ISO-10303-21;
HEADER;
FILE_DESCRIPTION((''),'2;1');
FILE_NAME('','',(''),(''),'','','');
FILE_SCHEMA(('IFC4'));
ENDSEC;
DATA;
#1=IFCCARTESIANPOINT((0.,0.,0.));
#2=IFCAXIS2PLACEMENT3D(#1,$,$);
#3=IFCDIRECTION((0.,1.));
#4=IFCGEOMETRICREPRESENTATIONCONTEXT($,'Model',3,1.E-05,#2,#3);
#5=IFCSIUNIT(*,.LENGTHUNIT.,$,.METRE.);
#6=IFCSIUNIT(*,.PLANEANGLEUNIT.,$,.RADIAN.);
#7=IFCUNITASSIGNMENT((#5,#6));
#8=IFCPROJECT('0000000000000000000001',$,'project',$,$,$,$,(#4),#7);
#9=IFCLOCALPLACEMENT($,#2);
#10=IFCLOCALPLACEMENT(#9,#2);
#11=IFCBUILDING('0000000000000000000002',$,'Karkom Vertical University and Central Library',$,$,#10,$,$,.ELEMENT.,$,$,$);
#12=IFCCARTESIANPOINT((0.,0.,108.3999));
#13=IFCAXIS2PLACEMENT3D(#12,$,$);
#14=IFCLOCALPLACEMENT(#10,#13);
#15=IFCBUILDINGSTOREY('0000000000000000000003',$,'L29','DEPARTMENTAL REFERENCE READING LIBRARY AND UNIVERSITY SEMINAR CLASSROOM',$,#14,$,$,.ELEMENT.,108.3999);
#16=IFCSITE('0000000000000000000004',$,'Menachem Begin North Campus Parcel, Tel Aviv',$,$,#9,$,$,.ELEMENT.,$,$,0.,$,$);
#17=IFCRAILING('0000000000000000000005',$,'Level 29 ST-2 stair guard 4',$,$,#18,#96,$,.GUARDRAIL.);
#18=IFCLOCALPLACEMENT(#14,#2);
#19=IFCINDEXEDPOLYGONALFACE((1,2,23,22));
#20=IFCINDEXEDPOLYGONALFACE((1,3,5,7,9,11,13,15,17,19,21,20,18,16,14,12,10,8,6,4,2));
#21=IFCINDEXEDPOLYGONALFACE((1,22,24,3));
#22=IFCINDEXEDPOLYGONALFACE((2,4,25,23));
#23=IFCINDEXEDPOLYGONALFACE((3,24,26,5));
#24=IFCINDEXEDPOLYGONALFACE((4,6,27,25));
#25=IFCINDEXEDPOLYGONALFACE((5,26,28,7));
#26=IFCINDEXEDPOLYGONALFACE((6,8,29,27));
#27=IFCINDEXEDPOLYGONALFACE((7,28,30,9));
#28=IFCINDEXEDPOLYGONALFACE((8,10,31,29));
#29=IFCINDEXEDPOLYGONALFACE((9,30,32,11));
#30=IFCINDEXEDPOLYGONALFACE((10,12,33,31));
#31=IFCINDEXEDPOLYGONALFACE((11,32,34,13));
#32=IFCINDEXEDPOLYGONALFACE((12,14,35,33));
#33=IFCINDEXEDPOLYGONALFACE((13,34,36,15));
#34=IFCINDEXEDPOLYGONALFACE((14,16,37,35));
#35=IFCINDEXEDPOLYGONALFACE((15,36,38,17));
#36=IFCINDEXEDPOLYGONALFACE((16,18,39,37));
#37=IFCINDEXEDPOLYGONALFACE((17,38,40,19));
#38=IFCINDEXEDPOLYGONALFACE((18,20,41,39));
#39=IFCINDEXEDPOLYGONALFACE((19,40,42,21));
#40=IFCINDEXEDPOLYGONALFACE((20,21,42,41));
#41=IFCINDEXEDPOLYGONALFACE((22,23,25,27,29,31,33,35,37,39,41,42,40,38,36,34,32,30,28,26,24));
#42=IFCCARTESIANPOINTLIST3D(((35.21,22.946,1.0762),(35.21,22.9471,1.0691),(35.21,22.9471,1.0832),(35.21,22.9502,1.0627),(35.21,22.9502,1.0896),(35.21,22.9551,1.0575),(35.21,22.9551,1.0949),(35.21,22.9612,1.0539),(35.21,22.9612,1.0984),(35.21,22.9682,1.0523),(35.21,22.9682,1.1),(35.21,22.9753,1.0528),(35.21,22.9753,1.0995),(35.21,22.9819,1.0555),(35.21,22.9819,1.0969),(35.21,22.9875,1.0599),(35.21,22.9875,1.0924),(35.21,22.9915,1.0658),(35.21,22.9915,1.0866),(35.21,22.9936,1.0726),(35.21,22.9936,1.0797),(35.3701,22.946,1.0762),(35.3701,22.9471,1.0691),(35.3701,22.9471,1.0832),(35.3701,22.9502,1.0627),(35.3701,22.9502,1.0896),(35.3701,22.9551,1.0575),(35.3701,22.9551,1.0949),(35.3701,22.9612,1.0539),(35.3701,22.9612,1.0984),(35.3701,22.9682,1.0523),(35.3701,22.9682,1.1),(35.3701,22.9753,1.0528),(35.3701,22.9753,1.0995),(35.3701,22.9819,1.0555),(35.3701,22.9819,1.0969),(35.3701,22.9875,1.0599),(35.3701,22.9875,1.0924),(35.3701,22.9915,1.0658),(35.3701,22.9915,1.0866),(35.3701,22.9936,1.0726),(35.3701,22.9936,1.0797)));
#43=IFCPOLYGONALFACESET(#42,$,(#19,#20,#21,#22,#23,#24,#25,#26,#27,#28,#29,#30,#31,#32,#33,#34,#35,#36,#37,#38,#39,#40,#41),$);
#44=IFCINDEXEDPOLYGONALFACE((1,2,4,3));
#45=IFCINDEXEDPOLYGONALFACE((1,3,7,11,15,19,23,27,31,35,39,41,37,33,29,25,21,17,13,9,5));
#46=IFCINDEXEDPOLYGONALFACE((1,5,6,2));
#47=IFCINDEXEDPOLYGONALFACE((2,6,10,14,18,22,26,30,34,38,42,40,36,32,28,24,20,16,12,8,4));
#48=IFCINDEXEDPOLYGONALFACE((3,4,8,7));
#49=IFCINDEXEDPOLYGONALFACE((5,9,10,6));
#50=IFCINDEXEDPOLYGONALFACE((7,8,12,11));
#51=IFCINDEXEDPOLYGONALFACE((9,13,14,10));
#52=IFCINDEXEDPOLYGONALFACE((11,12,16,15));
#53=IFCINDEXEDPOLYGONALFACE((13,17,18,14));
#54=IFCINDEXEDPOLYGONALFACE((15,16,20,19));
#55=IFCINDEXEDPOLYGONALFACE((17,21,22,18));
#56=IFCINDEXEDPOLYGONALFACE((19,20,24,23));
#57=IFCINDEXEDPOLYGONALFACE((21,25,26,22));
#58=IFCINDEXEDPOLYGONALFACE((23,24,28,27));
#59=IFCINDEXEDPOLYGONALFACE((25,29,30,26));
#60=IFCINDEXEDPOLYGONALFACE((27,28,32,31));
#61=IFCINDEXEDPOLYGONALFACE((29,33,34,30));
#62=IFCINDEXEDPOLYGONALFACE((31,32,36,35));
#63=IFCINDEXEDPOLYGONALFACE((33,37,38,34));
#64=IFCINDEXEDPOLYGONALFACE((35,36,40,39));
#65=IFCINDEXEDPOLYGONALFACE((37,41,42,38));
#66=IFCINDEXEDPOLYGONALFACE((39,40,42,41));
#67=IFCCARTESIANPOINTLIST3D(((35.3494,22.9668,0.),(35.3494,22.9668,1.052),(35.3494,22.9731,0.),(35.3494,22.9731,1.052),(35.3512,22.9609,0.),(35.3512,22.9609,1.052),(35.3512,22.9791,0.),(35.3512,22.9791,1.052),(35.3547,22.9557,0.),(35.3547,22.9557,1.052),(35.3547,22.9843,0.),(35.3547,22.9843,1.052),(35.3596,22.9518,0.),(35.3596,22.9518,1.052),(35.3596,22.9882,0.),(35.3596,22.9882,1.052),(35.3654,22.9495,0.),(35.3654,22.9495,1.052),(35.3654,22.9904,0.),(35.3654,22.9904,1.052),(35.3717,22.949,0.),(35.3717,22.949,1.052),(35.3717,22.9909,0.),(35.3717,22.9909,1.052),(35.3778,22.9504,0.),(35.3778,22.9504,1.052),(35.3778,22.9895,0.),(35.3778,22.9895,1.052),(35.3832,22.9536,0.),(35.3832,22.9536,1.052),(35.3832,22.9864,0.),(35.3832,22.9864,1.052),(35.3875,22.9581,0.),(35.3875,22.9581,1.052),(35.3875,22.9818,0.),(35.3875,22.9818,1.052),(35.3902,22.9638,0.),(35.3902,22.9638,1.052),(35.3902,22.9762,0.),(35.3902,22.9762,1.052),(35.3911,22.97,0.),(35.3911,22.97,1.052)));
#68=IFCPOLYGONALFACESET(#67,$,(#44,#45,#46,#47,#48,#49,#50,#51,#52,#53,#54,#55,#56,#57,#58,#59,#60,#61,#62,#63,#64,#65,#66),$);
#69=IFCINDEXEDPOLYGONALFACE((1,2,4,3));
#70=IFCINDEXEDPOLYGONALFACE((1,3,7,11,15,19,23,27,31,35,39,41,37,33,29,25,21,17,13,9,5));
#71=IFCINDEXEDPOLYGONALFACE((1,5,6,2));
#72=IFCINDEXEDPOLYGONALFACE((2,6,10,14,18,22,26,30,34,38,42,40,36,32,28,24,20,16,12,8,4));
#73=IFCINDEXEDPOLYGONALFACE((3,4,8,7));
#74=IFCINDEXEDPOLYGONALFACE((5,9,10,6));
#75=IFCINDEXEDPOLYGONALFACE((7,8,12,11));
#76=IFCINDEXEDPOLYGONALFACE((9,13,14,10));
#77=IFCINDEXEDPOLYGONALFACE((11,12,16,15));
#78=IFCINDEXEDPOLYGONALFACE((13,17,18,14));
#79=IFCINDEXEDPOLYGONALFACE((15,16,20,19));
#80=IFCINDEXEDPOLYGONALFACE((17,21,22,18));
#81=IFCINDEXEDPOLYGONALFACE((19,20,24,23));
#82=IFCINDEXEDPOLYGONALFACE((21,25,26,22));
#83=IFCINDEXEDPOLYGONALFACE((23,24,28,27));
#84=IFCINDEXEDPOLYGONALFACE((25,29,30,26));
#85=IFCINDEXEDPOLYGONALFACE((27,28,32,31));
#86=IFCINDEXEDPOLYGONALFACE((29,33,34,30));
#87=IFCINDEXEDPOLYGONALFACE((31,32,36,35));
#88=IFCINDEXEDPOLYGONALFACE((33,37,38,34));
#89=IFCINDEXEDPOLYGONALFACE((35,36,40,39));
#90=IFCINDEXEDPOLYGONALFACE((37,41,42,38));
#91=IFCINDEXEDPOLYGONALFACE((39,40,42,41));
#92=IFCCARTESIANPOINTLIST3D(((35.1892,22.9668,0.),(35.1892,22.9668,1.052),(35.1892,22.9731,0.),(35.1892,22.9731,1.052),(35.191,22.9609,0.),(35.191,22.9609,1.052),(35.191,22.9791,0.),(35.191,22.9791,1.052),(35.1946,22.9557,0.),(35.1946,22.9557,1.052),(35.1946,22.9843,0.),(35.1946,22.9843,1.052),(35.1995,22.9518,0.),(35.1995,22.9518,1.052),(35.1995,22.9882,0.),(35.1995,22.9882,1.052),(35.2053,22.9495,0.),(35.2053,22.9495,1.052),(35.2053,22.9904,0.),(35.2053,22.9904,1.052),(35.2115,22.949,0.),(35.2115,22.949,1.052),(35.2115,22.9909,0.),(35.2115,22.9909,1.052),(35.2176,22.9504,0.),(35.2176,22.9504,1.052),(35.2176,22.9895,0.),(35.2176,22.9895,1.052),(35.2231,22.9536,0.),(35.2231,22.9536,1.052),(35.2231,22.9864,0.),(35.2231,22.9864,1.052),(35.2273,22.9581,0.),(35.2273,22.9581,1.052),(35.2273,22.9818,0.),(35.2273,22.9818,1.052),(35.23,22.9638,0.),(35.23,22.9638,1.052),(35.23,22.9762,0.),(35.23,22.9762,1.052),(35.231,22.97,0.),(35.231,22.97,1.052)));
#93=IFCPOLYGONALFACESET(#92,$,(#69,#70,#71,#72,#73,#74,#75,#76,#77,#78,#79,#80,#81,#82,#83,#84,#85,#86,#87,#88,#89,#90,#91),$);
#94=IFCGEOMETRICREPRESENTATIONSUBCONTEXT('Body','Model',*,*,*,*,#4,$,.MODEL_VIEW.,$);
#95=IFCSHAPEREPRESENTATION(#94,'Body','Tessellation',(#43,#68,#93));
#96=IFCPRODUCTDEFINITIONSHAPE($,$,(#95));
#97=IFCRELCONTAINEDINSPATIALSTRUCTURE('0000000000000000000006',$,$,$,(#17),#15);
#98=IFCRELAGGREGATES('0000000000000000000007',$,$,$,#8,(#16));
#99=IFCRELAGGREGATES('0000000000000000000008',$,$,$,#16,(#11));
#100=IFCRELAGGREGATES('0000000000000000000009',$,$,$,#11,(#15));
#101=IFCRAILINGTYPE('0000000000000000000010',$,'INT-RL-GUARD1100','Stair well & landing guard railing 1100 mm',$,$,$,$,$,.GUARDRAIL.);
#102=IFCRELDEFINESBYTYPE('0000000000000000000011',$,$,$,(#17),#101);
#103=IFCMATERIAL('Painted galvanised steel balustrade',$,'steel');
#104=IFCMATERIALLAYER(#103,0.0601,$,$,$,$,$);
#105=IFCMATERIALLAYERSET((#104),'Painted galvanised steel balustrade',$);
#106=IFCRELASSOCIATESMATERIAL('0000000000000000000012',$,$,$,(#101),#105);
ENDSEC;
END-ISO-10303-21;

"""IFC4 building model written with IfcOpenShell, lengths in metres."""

from ifc_helpers import new_model, si_unit, direction, frame, origin, origin_2d, place, context, subcontext, project, spatial, circle, extrude, material, layer, layer_set, type_object, element, save


model = new_model("IFC4")

# Units and contexts
model_context = context("Model", 3, precision=1e-05, world=origin(), true_north=direction((0.0, 1.0)))
body_context = subcontext(model_context, "Body", "Model", "MODEL_VIEW")
ifc_project = project(units=[si_unit("LENGTHUNIT", "METRE"), si_unit("PLANEANGLEUNIT", "RADIAN")], contexts=[model_context])

# Site, building, storey
site_placement = place(None, origin())
site = spatial("IfcSite", under=ifc_project, at=site_placement, Name="Menachem Begin North Campus Parcel, Tel Aviv", CompositionType="ELEMENT", RefElevation=0.0)
building_placement = place(site_placement, origin())
building = spatial("IfcBuilding", under=site, at=building_placement, Name="Karkom Vertical University and Central Library", CompositionType="ELEMENT")
storey_placement = place(building_placement, frame((0.0, 0.0, 108.3999)))
storey = spatial("IfcBuildingStorey", under=building, at=storey_placement, Name="L29", Description="DEPARTMENTAL REFERENCE READING LIBRARY AND UNIVERSITY SEMINAR CLASSROOM", CompositionType="ELEMENT", Elevation=108.3999)

# Railing
ifc_material_1 = material(Name="Painted galvanised steel balustrade", Category="steel")
ifc_layer_1 = layer(ifc_material_1, 0.0601)
ifc_layer_set_1 = layer_set([ifc_layer_1], Name="Painted galvanised steel balustrade")
railing_type_1 = type_object("IfcRailingType", Name="INT-RL-GUARD1100", Description="Stair well & landing guard railing 1100 mm", PredefinedType="GUARDRAIL", material=ifc_layer_set_1)
railing_1_placement = place(storey_placement, frame((35.3701, 22.97, 0.0)))
element("IfcRailing", 1, at=railing_1_placement, inside=storey, type_object=railing_type_1, Name="Level 29 ST-2 stair guard 4", PredefinedType="GUARDRAIL", context=body_context, shape_type="SweptSolid", body=[
    extrude(circle(Radius=0.0239, at=origin_2d()), frame((0.0, 0.0, 1.0762), z_axis=(-1.0, 0.0, 0.0), x_axis=(0.0, -1.0, 0.0)), (0.0, 0.0, 1.0), 0.1602),
    extrude(circle(Radius=0.021, at=origin_2d()), origin(), (0.0, 0.0, 1.0), 1.052),
    extrude(circle(Radius=0.021, at=origin_2d()), frame((-0.1602, 0.0, 0.0)), (0.0, 0.0, 1.0), 1.052),
])

save(model, "model.ifc")
